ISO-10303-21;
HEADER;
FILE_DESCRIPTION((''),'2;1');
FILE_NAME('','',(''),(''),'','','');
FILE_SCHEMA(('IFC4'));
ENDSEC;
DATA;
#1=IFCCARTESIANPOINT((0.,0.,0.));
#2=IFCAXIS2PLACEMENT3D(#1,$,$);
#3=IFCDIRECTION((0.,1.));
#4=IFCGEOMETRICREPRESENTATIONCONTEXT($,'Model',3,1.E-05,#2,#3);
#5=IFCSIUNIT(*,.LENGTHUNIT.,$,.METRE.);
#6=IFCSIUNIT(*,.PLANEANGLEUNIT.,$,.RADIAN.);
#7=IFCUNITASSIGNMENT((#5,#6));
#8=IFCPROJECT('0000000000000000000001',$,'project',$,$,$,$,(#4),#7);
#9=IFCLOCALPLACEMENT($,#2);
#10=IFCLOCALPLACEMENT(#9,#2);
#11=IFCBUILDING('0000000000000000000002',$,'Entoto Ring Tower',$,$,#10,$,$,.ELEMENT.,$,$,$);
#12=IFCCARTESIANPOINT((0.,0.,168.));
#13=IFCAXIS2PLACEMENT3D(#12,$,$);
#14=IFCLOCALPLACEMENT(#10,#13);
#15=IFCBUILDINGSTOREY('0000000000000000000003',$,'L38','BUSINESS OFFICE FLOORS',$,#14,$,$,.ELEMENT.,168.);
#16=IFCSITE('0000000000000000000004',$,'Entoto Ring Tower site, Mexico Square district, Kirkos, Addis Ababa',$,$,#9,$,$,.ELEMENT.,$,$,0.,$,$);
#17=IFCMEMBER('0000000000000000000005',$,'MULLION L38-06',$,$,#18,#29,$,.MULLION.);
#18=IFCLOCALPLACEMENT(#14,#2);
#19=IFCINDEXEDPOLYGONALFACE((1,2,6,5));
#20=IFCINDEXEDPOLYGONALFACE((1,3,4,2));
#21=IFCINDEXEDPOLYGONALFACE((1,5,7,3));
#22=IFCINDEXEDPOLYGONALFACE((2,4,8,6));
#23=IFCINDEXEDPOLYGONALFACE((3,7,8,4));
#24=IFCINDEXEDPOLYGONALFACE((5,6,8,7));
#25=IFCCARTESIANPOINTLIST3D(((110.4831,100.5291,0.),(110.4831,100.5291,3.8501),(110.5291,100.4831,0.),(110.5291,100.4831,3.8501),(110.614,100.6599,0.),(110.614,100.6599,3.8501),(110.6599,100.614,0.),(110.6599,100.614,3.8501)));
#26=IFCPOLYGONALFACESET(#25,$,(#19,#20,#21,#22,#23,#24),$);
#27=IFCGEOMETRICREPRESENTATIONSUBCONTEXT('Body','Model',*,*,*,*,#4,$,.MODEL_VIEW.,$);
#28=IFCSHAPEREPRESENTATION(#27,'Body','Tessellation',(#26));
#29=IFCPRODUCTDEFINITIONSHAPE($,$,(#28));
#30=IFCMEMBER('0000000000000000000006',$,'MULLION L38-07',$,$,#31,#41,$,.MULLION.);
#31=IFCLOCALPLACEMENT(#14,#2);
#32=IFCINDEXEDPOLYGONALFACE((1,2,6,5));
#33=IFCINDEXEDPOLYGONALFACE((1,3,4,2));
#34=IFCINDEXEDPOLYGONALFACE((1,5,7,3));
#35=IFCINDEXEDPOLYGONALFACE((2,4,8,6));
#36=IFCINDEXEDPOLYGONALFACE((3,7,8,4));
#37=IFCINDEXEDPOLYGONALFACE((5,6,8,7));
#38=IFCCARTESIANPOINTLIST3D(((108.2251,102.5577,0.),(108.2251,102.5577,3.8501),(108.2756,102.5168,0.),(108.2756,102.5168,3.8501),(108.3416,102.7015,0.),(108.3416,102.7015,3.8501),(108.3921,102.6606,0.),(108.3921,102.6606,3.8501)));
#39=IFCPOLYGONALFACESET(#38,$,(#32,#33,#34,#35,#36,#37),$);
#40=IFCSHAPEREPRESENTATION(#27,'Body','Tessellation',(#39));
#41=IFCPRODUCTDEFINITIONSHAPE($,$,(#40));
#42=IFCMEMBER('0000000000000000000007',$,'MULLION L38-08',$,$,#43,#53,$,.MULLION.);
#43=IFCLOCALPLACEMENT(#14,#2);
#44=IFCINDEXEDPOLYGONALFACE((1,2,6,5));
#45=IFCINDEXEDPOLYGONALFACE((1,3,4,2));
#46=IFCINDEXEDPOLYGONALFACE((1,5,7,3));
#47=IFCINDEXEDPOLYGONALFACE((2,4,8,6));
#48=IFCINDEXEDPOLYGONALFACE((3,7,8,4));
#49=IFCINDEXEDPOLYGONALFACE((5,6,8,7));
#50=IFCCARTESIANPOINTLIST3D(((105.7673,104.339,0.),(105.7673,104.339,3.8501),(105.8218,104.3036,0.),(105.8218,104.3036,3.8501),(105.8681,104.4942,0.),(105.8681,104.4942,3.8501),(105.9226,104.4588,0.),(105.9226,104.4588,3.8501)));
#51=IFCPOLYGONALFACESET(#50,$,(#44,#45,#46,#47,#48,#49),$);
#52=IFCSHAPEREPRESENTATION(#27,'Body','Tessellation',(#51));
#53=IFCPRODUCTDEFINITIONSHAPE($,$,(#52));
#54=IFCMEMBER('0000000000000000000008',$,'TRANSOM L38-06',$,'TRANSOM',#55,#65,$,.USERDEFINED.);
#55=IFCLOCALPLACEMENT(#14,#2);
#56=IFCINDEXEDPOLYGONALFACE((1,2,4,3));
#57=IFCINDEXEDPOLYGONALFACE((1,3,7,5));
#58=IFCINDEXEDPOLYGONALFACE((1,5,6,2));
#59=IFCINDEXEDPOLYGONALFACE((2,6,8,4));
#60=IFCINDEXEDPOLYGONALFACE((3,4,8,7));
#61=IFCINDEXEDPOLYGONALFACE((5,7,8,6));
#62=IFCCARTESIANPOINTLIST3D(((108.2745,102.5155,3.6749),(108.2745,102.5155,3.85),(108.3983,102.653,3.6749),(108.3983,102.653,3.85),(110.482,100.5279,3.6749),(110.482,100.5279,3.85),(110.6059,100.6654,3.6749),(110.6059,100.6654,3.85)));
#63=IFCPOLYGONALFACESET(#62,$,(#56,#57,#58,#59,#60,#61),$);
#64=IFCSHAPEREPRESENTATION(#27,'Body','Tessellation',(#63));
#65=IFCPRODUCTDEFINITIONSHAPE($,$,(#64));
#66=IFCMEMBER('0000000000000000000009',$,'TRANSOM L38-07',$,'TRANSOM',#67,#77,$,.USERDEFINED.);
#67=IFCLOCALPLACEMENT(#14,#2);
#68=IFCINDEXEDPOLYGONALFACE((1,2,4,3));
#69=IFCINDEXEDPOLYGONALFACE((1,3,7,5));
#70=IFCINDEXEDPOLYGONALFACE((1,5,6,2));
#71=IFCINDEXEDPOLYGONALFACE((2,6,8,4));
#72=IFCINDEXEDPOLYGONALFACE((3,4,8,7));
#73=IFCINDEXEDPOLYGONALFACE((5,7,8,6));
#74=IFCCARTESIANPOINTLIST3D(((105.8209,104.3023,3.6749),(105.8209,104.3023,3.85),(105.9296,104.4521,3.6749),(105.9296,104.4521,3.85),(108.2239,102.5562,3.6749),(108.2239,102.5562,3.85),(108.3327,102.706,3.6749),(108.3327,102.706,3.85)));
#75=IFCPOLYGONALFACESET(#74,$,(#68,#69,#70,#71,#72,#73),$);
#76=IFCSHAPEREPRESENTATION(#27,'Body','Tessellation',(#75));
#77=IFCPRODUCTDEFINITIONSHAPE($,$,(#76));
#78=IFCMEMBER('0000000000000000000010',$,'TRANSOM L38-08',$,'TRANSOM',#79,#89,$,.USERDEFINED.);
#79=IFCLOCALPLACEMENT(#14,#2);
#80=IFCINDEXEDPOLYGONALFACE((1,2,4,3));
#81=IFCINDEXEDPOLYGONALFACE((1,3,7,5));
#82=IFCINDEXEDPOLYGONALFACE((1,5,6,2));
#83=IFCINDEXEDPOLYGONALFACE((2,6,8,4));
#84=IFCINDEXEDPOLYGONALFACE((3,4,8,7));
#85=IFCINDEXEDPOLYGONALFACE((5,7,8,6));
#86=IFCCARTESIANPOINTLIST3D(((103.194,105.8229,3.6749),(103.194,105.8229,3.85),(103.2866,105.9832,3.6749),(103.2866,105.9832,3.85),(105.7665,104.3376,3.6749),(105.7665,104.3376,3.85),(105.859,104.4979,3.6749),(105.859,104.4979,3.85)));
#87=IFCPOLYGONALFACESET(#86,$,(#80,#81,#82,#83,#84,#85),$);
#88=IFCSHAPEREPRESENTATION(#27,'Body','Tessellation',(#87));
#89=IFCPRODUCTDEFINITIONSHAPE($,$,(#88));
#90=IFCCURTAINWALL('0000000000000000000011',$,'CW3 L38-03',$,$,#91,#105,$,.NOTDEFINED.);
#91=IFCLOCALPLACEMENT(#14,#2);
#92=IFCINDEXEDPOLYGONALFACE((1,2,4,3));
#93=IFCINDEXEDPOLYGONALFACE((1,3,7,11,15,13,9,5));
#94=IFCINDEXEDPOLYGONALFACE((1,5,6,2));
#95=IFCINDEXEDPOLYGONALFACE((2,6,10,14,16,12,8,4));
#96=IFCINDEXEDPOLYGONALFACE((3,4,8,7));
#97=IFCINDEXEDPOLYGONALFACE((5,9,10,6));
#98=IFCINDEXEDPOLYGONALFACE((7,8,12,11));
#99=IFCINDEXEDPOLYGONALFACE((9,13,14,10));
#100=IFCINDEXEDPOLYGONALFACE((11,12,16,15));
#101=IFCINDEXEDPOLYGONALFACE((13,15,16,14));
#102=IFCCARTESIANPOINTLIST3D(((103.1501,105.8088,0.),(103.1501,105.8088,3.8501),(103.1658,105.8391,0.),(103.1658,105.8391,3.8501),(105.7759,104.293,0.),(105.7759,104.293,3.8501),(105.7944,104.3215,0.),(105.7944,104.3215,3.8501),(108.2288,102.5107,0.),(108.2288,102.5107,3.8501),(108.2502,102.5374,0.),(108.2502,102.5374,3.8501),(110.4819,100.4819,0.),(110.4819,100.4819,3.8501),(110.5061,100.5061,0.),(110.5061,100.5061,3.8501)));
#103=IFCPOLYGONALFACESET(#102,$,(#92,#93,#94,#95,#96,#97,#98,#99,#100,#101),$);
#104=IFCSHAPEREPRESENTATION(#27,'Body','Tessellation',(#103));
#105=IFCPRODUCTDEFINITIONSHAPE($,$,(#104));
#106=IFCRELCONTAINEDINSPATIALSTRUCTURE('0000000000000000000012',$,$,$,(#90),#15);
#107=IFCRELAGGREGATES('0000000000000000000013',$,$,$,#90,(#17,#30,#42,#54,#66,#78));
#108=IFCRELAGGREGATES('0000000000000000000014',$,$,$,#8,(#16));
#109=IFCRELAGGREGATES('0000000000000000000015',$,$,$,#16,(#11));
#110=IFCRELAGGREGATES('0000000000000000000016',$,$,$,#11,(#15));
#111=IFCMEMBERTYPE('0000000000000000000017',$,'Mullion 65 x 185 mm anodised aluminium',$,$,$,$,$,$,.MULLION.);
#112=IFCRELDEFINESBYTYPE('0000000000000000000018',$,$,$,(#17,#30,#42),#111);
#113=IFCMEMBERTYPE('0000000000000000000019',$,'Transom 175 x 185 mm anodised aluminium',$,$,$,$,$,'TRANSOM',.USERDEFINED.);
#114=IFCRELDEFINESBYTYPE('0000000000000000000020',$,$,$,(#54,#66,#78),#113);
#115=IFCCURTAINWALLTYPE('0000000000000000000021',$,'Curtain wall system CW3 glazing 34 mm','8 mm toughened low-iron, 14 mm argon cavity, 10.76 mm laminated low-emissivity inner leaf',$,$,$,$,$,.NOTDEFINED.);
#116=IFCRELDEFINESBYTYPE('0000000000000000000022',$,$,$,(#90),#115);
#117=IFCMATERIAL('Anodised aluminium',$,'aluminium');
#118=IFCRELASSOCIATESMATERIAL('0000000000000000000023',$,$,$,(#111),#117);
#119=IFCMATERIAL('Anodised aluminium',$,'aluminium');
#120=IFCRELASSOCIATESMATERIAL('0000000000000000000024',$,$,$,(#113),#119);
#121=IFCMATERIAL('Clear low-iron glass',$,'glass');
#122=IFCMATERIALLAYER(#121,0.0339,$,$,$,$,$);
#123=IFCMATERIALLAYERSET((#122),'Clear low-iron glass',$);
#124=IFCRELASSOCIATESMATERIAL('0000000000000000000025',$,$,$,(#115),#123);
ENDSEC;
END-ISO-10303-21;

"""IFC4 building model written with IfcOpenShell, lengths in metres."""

from ifc_helpers import new_model, si_unit, direction, frame, origin, origin_2d, place, context, subcontext, project, spatial, polyline, rectangle, outline, extrude, material, layer, layer_set, material_profile, profile_set, type_object, element, aggregate, save


model = new_model("IFC4")

# Units and contexts
model_context = context("Model", 3, precision=1e-05, world=origin(), true_north=direction((0.0, 1.0)))
body_context = subcontext(model_context, "Body", "Model", "MODEL_VIEW")
ifc_project = project(units=[si_unit("LENGTHUNIT", "METRE"), si_unit("PLANEANGLEUNIT", "RADIAN")], contexts=[model_context])

# Members
ifc_material_1 = material(Name="Anodised aluminium", Category="aluminium")
ifc_material_profile_1 = material_profile(ifc_material_1, rectangle(XDim=0.0649, YDim=0.1851, at=origin_2d()), Name="Mullion 65 x 185 mm anodised aluminium")
ifc_profile_set_1 = profile_set([ifc_material_profile_1], Name="Anodised aluminium")
member_type_1 = type_object("IfcMemberType", Name="Mullion 65 x 185 mm anodised aluminium", PredefinedType="MULLION", material=ifc_profile_set_1)
site_placement = place(None, origin())
building_placement = place(site_placement, origin())
storey_placement = place(building_placement, frame((0.0, 0.0, 168.0)))
member_1_placement = place(storey_placement, frame((110.5715, 100.5715, 0.0), z_axis=(0.0, 0.0, 1.0), x_axis=(-0.707107, 0.707107, 0.0)))
member_1 = element("IfcMember", 1, at=member_1_placement, type_object=member_type_1, Name="MULLION L38-06", PredefinedType="MULLION", context=body_context, shape_type="SweptSolid", body=[
    extrude(rectangle(XDim=0.0649, YDim=0.1851, at=origin_2d()), origin(), (0.0, 0.0, 1.0), 3.8501),
])
member_2_placement = place(storey_placement, frame((108.3086, 102.6091, 0.0), z_axis=(0.0, 0.0, 1.0), x_axis=(-0.777146, 0.62932, 0.0)))
member_2 = element("IfcMember", 2, at=member_2_placement, type_object=member_type_1, Name="MULLION L38-07", PredefinedType="MULLION", context=body_context, shape_type="SweptSolid", body=[
    extrude(rectangle(XDim=0.0649, YDim=0.1851, at=origin_2d()), origin(), (0.0, 0.0, 1.0), 3.8501),
])
member_3_placement = place(storey_placement, frame((105.845, 104.3989, 0.0), z_axis=(0.0, 0.0, 1.0), x_axis=(-0.838671, 0.544639, 0.0)))
member_3 = element("IfcMember", 3, at=member_3_placement, type_object=member_type_1, Name="MULLION L38-08", PredefinedType="MULLION", context=body_context, shape_type="SweptSolid", body=[
    extrude(rectangle(XDim=0.0649, YDim=0.1851, at=origin_2d()), origin(), (0.0, 0.0, 1.0), 3.8501),
])
ifc_material_2 = material(Name="Anodised aluminium", Category="aluminium")
ifc_material_profile_2 = material_profile(ifc_material_2, rectangle(XDim=0.1851, YDim=0.175, at=origin_2d()), Name="Transom 175 x 185 mm anodised aluminium")
ifc_profile_set_2 = profile_set([ifc_material_profile_2], Name="Anodised aluminium")
member_type_2 = type_object("IfcMemberType", Name="Transom 175 x 185 mm anodised aluminium", ElementType="TRANSOM", PredefinedType="USERDEFINED", material=ifc_profile_set_2)
member_4_placement = place(storey_placement, frame((110.5439, 100.5967, 3.7625), z_axis=(-0.743163, 0.66911, 0.0), x_axis=(-0.66911, -0.743163, 0.0)))
member_4 = element("IfcMember", 4, at=member_4_placement, type_object=member_type_2, Name="TRANSOM L38-06", ObjectType="TRANSOM", PredefinedType="USERDEFINED", context=body_context, shape_type="SweptSolid", body=[
    extrude(rectangle(XDim=0.1851, YDim=0.175, at=origin_2d()), origin(), (0.0, 0.0, 1.0), 2.9705),
])
member_5_placement = place(storey_placement, frame((108.2783, 102.6311, 3.7625), z_axis=(-0.808992, 0.58782, 0.0), x_axis=(-0.58782, -0.808992, 0.0)))
member_5 = element("IfcMember", 5, at=member_5_placement, type_object=member_type_2, Name="TRANSOM L38-07", ObjectType="TRANSOM", PredefinedType="USERDEFINED", context=body_context, shape_type="SweptSolid", body=[
    extrude(rectangle(XDim=0.1851, YDim=0.175, at=origin_2d()), origin(), (0.0, 0.0, 1.0), 2.9705),
])
member_6_placement = place(storey_placement, frame((105.8127, 104.4177, 3.7625), z_axis=(-0.866009, 0.500028, 0.0), x_axis=(-0.500028, -0.866009, 0.0)))
member_6 = element("IfcMember", 6, at=member_6_placement, type_object=member_type_2, Name="TRANSOM L38-08", ObjectType="TRANSOM", PredefinedType="USERDEFINED", context=body_context, shape_type="SweptSolid", body=[
    extrude(rectangle(XDim=0.1851, YDim=0.175, at=origin_2d()), origin(), (0.0, 0.0, 1.0), 2.9705),
])

# Site, building, storey
site = spatial("IfcSite", under=ifc_project, at=site_placement, Name="Entoto Ring Tower site, Mexico Square district, Kirkos, Addis Ababa", CompositionType="ELEMENT", RefElevation=0.0)
building = spatial("IfcBuilding", under=site, at=building_placement, Name="Entoto Ring Tower", CompositionType="ELEMENT")
storey = spatial("IfcBuildingStorey", under=building, at=storey_placement, Name="L38", Description="BUSINESS OFFICE FLOORS", CompositionType="ELEMENT", Elevation=168.0)

# Curtain wall
ifc_material_3 = material(Name="Clear low-iron glass", Category="glass")
ifc_layer_1 = layer(ifc_material_3, 0.0339)
ifc_layer_set_1 = layer_set([ifc_layer_1], Name="Clear low-iron glass")
curtain_wall_type = type_object("IfcCurtainWallType", Name="Curtain wall system CW3 glazing 34 mm", Description="8 mm toughened low-iron, 14 mm argon cavity, 10.76 mm laminated low-emissivity inner leaf", PredefinedType="NOTDEFINED", material=ifc_layer_set_1)
curtain_wall_1_placement = place(storey_placement, origin())
curtain_wall_1 = element("IfcCurtainWall", 7, at=curtain_wall_1_placement, inside=storey, type_object=curtain_wall_type, Name="CW3 L38-03", PredefinedType="NOTDEFINED", context=body_context, shape_type="SweptSolid", body=[
    extrude(outline(polyline([(110.5061, 100.5061), (108.2502, 102.5374), (105.7944, 104.3215), (103.1658, 105.8391), (103.1501, 105.8088), (105.7759, 104.293), (108.2288, 102.5107), (110.4819, 100.4819), (110.5061, 100.5061)])), origin(), (0.0, 0.0, 1.0), 3.8501),
])
aggregate(curtain_wall_1, [member_1, member_2, member_3, member_4, member_5, member_6])

save(model, "model.ifc")
